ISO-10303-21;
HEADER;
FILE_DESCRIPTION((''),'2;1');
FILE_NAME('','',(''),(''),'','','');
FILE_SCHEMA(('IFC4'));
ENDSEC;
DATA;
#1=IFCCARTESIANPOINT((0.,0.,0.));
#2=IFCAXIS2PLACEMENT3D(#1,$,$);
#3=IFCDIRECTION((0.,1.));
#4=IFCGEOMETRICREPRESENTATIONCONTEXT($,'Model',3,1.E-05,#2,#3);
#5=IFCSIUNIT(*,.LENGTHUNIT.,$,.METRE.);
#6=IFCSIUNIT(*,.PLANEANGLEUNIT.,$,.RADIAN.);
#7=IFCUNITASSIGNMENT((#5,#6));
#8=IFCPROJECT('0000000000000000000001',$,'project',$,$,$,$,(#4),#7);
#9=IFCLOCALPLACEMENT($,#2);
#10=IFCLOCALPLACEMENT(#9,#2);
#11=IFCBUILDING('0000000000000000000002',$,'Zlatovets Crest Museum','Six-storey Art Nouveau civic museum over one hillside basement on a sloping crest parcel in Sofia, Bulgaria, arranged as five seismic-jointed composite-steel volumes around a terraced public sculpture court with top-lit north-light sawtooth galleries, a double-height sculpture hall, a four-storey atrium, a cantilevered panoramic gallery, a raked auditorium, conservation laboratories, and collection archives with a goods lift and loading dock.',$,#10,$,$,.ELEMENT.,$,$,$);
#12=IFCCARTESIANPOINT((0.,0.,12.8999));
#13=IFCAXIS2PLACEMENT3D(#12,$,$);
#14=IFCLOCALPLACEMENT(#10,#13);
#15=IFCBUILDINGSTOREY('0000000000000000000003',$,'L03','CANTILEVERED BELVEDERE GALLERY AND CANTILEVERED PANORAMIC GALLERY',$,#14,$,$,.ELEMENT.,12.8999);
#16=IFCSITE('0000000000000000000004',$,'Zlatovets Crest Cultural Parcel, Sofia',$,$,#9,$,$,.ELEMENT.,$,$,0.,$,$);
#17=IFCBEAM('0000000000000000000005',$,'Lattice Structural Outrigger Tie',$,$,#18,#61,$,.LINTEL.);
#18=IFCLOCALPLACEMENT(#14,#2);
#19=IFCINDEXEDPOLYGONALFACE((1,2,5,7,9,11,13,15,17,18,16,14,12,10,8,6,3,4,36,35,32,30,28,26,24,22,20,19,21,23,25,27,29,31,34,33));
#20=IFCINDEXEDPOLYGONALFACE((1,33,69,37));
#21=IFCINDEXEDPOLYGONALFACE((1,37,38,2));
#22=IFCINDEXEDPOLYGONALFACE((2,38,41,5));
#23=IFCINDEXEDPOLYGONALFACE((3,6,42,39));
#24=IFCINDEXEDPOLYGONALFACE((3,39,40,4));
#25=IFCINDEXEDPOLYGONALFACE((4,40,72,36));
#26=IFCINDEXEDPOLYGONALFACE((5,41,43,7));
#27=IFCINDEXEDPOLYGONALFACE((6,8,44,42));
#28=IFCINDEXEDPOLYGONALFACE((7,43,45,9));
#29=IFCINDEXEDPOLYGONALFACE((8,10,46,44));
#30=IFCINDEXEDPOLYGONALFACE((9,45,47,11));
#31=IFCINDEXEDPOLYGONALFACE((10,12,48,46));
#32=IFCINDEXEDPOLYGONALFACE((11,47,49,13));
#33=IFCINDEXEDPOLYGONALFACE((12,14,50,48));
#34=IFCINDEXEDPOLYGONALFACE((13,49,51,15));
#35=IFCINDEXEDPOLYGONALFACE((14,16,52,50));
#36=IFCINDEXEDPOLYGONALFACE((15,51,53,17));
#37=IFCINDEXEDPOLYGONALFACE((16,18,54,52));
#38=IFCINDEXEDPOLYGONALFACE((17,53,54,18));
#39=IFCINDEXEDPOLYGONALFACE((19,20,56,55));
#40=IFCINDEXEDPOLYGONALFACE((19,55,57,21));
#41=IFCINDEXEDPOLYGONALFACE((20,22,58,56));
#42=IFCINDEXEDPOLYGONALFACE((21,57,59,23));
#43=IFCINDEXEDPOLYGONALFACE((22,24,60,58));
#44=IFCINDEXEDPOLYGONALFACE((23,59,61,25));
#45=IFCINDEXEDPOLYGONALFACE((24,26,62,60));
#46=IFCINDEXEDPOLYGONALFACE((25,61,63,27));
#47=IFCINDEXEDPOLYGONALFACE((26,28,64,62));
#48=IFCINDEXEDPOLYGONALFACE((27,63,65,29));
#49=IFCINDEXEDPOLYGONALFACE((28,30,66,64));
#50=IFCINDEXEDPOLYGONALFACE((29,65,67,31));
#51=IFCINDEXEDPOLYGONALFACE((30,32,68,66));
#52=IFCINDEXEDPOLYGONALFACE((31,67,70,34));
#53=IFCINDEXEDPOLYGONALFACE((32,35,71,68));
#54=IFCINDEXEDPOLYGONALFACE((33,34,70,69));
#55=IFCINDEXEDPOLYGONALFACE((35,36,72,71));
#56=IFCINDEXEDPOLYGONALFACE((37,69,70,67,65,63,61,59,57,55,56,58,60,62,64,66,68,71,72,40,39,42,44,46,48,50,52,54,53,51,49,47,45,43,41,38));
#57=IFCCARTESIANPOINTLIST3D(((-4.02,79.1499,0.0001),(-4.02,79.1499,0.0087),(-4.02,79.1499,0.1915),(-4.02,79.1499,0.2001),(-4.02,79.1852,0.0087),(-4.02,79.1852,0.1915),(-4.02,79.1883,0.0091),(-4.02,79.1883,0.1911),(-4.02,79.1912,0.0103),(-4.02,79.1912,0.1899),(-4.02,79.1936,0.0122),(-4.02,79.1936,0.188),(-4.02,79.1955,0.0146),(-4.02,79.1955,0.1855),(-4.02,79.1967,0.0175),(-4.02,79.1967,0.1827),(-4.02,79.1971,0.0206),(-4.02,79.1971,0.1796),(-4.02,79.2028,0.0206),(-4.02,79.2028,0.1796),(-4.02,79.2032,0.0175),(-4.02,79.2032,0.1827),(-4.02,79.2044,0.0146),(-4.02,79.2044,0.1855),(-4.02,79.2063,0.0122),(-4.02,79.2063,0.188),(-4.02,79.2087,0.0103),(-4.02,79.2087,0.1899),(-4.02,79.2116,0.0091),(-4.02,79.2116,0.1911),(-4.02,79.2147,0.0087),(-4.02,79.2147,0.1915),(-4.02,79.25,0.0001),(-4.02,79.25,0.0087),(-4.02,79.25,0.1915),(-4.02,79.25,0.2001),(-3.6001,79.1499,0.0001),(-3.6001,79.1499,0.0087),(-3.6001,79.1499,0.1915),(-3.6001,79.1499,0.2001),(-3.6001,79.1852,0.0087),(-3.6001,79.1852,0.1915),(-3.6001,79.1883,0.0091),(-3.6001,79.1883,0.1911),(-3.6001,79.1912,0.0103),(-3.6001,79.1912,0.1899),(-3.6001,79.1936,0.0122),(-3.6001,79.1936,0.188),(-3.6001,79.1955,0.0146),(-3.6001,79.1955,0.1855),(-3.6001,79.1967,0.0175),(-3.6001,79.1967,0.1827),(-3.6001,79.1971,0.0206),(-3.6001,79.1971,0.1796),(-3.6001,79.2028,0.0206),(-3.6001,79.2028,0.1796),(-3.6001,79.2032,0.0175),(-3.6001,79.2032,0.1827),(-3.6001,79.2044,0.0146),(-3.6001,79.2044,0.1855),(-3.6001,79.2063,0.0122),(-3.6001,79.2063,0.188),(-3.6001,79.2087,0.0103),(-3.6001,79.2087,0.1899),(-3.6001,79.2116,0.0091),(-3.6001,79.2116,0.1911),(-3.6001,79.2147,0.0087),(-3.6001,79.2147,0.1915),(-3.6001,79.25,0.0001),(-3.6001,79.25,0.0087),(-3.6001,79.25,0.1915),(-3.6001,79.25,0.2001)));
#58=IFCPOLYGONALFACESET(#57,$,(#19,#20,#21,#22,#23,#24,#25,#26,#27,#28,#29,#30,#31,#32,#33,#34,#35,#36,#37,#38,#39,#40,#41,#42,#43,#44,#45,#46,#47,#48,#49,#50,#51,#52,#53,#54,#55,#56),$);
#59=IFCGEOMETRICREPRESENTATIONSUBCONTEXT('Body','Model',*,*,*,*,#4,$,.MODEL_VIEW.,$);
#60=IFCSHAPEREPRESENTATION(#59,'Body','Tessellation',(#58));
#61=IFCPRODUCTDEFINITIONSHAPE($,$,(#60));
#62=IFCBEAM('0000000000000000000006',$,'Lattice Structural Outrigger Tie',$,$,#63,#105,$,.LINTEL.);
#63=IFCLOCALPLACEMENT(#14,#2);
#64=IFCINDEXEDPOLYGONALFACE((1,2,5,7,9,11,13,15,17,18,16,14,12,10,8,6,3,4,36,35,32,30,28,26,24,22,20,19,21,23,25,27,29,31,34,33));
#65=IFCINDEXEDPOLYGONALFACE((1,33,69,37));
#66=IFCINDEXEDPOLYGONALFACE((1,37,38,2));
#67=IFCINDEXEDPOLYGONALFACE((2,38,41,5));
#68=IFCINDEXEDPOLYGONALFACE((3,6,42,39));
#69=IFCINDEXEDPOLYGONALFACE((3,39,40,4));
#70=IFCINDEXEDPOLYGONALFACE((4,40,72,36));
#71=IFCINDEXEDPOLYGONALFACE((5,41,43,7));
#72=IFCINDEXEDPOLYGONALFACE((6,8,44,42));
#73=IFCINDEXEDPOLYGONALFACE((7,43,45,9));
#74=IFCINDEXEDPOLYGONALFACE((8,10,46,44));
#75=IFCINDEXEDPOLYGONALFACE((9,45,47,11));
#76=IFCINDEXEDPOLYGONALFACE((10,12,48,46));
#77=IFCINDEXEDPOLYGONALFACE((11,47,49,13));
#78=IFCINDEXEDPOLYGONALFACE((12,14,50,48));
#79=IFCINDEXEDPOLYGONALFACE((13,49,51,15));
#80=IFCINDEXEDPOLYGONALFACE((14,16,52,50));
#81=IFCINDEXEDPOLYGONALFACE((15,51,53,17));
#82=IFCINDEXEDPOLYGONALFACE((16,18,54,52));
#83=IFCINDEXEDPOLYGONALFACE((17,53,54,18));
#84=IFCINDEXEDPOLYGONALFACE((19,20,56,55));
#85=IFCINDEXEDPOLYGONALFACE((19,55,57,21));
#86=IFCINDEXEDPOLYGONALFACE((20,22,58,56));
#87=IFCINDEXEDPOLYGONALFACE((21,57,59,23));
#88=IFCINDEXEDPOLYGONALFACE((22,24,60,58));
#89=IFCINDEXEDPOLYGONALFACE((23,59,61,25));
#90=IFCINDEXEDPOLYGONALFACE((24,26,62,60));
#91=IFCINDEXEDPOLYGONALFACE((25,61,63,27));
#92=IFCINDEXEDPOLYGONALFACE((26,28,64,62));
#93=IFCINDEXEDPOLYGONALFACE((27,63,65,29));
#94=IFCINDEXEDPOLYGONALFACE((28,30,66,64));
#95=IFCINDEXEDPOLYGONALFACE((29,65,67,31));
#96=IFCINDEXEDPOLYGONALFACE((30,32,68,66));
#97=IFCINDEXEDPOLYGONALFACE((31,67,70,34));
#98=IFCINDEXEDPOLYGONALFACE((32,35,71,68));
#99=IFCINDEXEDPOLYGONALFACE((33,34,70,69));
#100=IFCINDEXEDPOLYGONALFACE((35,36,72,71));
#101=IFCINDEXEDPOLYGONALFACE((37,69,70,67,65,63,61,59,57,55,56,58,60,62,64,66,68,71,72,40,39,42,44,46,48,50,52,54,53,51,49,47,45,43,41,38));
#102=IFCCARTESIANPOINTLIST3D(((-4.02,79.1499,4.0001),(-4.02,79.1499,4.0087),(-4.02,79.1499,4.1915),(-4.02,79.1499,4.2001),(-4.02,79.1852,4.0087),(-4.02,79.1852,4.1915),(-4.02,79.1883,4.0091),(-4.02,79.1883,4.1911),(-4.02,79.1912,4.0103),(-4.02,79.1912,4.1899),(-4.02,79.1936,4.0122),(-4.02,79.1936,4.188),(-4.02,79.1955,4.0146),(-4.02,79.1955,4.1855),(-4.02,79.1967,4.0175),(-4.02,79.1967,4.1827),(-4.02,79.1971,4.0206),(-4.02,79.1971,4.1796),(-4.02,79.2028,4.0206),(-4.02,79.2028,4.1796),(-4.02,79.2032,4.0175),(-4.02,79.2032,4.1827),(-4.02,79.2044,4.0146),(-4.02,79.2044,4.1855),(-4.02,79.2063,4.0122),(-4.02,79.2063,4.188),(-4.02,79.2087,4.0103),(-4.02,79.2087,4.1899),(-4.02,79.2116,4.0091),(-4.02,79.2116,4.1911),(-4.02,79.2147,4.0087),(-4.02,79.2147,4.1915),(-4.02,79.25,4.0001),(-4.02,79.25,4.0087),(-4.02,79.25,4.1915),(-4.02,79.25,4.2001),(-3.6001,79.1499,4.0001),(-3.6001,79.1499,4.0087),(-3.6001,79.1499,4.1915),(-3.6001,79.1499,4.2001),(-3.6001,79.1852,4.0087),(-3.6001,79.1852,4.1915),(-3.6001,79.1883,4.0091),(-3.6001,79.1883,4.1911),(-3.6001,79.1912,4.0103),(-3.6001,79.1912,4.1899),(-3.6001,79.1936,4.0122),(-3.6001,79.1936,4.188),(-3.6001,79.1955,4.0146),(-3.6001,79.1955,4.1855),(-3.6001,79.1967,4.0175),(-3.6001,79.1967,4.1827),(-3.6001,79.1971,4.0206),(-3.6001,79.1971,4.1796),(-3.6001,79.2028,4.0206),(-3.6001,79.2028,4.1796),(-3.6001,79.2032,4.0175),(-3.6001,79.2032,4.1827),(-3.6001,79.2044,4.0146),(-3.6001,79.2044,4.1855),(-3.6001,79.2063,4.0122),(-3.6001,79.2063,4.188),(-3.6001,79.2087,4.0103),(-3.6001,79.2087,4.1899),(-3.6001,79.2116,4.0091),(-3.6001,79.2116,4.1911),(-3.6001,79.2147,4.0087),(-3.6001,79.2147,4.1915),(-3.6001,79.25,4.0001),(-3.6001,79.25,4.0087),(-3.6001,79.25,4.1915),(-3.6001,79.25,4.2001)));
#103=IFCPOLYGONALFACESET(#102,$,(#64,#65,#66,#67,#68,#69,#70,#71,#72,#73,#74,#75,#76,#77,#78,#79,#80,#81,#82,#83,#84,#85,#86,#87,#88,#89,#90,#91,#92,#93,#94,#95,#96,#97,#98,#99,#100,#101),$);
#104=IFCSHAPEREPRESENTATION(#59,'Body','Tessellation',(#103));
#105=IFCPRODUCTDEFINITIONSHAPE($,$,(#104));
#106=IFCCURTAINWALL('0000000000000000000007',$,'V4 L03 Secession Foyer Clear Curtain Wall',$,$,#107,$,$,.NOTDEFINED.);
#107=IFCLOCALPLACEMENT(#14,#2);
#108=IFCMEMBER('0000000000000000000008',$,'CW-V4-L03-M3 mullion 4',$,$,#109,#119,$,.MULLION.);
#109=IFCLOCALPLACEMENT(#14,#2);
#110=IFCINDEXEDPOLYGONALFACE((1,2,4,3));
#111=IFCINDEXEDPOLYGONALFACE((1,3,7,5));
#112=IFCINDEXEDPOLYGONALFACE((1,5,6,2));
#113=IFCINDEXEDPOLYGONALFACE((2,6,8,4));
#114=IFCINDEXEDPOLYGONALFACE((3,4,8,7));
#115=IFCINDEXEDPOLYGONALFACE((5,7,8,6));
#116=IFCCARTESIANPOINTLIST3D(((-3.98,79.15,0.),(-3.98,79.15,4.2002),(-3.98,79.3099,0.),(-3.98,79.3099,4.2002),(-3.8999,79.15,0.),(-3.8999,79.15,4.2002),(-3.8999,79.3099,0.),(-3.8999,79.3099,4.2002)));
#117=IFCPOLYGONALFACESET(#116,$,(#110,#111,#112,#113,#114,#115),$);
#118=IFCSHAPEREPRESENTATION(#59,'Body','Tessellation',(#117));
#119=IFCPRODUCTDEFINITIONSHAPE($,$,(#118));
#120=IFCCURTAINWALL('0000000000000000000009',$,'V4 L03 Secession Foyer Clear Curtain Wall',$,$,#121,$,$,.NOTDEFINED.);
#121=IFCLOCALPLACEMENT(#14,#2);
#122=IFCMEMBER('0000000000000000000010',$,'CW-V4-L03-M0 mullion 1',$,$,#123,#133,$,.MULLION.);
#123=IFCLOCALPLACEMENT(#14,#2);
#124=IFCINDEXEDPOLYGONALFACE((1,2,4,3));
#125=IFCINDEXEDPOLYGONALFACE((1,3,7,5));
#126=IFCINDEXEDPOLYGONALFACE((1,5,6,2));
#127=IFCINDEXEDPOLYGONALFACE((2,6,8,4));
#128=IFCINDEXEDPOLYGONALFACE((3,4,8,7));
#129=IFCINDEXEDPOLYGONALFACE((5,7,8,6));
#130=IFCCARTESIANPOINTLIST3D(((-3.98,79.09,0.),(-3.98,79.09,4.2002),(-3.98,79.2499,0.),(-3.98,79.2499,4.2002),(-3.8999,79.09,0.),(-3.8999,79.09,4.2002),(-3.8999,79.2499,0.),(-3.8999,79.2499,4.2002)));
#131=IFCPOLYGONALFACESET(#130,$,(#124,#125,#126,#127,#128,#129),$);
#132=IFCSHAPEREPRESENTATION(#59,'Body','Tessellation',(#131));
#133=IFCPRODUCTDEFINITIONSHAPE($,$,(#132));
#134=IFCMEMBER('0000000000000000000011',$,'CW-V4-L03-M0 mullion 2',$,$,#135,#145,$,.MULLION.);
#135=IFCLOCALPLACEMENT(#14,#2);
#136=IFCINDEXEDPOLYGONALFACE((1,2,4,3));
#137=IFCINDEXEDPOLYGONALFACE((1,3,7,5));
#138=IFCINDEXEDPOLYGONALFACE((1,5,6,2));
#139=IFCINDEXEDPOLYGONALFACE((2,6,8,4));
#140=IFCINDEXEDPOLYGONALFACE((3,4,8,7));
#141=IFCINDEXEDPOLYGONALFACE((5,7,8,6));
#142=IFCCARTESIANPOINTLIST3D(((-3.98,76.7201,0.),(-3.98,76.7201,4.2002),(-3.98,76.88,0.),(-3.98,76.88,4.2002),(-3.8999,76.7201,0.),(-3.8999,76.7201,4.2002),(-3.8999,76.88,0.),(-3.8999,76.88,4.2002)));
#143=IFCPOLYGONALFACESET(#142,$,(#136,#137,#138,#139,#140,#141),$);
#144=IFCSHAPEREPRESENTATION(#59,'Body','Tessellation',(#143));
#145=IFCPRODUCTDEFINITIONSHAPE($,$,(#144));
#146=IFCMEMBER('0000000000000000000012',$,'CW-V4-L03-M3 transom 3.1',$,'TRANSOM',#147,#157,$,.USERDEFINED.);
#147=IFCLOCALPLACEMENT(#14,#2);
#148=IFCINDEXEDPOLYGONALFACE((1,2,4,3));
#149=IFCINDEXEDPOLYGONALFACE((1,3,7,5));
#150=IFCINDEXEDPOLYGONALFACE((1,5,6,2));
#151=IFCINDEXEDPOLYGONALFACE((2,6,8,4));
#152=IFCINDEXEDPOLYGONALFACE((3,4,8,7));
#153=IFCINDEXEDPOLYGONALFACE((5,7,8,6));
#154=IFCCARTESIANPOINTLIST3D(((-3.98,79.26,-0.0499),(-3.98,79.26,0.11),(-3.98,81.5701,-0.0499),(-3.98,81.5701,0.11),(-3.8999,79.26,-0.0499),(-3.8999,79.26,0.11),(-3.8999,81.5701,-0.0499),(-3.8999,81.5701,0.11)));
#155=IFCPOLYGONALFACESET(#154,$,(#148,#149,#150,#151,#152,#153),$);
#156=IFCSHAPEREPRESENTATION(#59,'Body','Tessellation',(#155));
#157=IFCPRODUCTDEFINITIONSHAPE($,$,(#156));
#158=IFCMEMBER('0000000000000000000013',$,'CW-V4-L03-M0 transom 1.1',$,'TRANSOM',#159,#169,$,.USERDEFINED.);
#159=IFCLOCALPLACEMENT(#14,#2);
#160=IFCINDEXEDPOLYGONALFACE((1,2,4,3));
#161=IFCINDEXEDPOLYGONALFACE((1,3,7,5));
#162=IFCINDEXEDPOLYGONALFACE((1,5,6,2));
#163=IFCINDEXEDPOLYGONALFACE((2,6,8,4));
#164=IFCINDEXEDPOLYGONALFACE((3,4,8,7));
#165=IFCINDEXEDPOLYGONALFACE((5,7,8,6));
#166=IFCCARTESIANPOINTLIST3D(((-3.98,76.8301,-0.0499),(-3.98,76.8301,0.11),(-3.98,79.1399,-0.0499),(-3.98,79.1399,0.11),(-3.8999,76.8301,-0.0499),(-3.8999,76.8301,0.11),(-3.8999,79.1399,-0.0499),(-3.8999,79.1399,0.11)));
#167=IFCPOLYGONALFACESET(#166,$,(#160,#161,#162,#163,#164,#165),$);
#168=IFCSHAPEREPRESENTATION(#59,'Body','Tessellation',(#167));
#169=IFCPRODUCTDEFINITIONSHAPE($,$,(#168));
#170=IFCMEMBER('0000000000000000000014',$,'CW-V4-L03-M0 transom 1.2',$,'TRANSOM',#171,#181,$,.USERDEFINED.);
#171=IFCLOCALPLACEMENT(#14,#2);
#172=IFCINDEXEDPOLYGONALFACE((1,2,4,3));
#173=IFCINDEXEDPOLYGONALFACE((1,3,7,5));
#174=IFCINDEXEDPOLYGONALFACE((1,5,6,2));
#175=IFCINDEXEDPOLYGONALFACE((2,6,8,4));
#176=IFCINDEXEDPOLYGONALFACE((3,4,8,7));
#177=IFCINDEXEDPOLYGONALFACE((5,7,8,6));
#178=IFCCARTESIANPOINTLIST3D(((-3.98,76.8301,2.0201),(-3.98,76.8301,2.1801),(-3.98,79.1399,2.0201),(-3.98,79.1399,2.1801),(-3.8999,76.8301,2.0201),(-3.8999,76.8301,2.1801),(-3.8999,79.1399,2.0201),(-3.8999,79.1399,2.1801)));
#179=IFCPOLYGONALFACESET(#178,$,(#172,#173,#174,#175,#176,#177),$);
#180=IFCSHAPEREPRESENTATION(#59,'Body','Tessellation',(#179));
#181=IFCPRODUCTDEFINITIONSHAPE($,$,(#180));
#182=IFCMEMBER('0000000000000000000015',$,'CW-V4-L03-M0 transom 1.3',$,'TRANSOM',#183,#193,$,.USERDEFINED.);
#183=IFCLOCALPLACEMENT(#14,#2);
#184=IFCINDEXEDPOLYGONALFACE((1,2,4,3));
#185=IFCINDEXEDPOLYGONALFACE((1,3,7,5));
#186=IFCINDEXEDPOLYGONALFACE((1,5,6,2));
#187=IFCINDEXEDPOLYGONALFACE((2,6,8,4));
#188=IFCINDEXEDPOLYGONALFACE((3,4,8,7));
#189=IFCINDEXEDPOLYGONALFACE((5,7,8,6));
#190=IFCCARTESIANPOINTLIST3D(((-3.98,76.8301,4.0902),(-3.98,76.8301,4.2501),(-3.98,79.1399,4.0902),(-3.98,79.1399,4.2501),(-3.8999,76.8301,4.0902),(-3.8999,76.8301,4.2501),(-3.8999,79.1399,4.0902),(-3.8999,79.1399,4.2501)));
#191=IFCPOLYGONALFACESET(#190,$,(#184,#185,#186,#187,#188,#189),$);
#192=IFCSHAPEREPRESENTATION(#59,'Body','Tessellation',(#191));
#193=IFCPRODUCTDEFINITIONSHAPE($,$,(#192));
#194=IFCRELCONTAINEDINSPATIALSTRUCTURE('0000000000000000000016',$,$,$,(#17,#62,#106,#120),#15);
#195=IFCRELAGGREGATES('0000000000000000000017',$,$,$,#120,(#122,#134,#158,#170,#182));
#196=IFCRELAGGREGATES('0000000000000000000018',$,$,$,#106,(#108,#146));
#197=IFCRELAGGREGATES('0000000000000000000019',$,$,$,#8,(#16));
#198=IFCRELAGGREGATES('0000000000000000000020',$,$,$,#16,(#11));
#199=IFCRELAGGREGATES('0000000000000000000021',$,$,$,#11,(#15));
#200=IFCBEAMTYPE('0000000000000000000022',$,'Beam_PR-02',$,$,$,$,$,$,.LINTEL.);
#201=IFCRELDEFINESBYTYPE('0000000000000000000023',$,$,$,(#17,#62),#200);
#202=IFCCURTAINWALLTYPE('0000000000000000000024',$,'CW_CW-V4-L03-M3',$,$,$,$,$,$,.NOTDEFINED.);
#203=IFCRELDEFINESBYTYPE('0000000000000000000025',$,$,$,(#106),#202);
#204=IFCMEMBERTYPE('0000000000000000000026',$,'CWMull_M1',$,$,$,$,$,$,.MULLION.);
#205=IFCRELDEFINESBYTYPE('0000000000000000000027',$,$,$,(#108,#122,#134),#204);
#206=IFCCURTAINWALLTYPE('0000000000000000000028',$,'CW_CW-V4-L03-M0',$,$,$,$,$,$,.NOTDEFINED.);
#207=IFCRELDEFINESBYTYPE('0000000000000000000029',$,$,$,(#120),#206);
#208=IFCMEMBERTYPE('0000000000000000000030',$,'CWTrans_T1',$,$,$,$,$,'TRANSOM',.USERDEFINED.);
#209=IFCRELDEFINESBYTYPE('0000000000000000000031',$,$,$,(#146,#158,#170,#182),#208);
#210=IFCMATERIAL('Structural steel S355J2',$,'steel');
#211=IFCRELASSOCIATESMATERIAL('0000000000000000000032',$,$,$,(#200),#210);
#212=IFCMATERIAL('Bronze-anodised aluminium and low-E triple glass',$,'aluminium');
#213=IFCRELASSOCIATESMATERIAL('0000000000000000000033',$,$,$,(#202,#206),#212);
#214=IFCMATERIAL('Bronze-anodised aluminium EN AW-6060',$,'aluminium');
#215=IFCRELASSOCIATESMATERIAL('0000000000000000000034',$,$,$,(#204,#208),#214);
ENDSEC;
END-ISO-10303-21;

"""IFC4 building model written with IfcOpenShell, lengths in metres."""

from ifc_helpers import new_model, si_unit, direction, frame, origin, origin_2d, place, context, subcontext, project, spatial, rectangle, i_section, extrude, material, material_profile, profile_set, type_object, element, aggregate, save


model = new_model("IFC4")

# Units and contexts
model_context = context("Model", 3, precision=1e-05, world=origin(), true_north=direction((0.0, 1.0)))
body_context = subcontext(model_context, "Body", "Model", "MODEL_VIEW")
ifc_project = project(units=[si_unit("LENGTHUNIT", "METRE"), si_unit("PLANEANGLEUNIT", "RADIAN")], contexts=[model_context])

# Site, building, storey
site_placement = place(None, origin())
site = spatial("IfcSite", under=ifc_project, at=site_placement, Name="Zlatovets Crest Cultural Parcel, Sofia", CompositionType="ELEMENT", RefElevation=0.0)
building_placement = place(site_placement, origin())
building = spatial("IfcBuilding", under=site, at=building_placement, Name="Zlatovets Crest Museum", Description="Six-storey Art Nouveau civic museum over one hillside basement on a sloping crest parcel in Sofia, Bulgaria, arranged as five seismic-jointed composite-steel volumes around a terraced public sculpture court with top-lit north-light sawtooth galleries, a double-height sculpture hall, a four-storey atrium, a cantilevered panoramic gallery, a raked auditorium, conservation laboratories, and collection archives with a goods lift and loading dock.", CompositionType="ELEMENT")
storey_placement = place(building_placement, frame((0.0, 0.0, 12.8999)))
storey = spatial("IfcBuildingStorey", under=building, at=storey_placement, Name="L03", Description="CANTILEVERED BELVEDERE GALLERY AND CANTILEVERED PANORAMIC GALLERY", CompositionType="ELEMENT", Elevation=12.8999)

# Beams
ifc_material_1 = material(Name="Structural steel S355J2", Category="steel")
ifc_material_profile_1 = material_profile(ifc_material_1, i_section(OverallWidth=0.1001, OverallDepth=0.2, WebThickness=0.0056, FlangeThickness=0.0085, FilletRadius=0.012, at=origin_2d()), Name="IPE 200")
ifc_profile_set_1 = profile_set([ifc_material_profile_1], Name="Structural steel S355J2")
beam_type = type_object("IfcBeamType", Name="Beam_PR-02", PredefinedType="LINTEL", material=ifc_profile_set_1)
for number, where, z_axis, x_axis, name in (
    (1, (-3.6001, 79.2, 0.1001), (-1.0, 0.0, 0.0), (0.0, -1.0, 0.0), "Lattice Structural Outrigger Tie"),
    (2, (-3.6001, 79.2, 4.1001), (-1.0, 0.0, 0.0), (0.0, -1.0, 0.0), "Lattice Structural Outrigger Tie"),
):
    element("IfcBeam", number, at=place(storey_placement, frame(where, z_axis=z_axis, x_axis=x_axis)), inside=storey, type_object=beam_type, Name=name, PredefinedType="LINTEL", context=body_context, shape_type="SweptSolid", body=[
        extrude(i_section(OverallWidth=0.1001, OverallDepth=0.2, WebThickness=0.0056, FlangeThickness=0.0085, FilletRadius=0.012, at=origin_2d()), origin(), (0.0, 0.0, 1.0), 0.4199),
    ])

# Curtain wall, member
ifc_material_2 = material(Name="Bronze-anodised aluminium and low-E triple glass", Category="aluminium")
curtain_wall_type_1 = type_object("IfcCurtainWallType", Name="CW_CW-V4-L03-M3", PredefinedType="NOTDEFINED", material=ifc_material_2)
curtain_wall_1_placement = place(storey_placement, origin())
curtain_wall_1 = element("IfcCurtainWall", 3, at=curtain_wall_1_placement, inside=storey, type_object=curtain_wall_type_1, Name="V4 L03 Secession Foyer Clear Curtain Wall", PredefinedType="NOTDEFINED")
ifc_material_3 = material(Name="Bronze-anodised aluminium EN AW-6060", Category="aluminium")
ifc_material_profile_2 = material_profile(ifc_material_3, rectangle(XDim=0.0801, YDim=0.1599, at=origin_2d()), Name="ALU 80x160")
ifc_profile_set_2 = profile_set([ifc_material_profile_2], Name="Bronze-anodised aluminium EN AW-6060")
member_type_1 = type_object("IfcMemberType", Name="CWMull_M1", PredefinedType="MULLION", material=ifc_profile_set_2)
member_1_placement = place(storey_placement, frame((-3.9399, 79.23, 0.0), z_axis=(0.0, 0.0, 1.0), x_axis=(1.0, 0.0, 0.0)))
member_1 = element("IfcMember", 4, at=member_1_placement, type_object=member_type_1, Name="CW-V4-L03-M3 mullion 4", PredefinedType="MULLION", context=body_context, shape_type="SweptSolid", body=[
    extrude(rectangle(XDim=0.0801, YDim=0.1599, at=origin_2d()), origin(), (0.0, 0.0, 1.0), 4.2002),
])

# Curtain wall, members
curtain_wall_type_2 = type_object("IfcCurtainWallType", Name="CW_CW-V4-L03-M0", PredefinedType="NOTDEFINED", material=ifc_material_2)
curtain_wall_2_placement = place(storey_placement, origin())
curtain_wall_2 = element("IfcCurtainWall", 5, at=curtain_wall_2_placement, inside=storey, type_object=curtain_wall_type_2, Name="V4 L03 Secession Foyer Clear Curtain Wall", PredefinedType="NOTDEFINED")
member_2_placement = place(storey_placement, frame((-3.9399, 79.1699, 0.0), z_axis=(0.0, 0.0, 1.0), x_axis=(1.0, 0.0, 0.0)))
member_2 = element("IfcMember", 6, at=member_2_placement, type_object=member_type_1, Name="CW-V4-L03-M0 mullion 1", PredefinedType="MULLION", context=body_context, shape_type="SweptSolid", body=[
    extrude(rectangle(XDim=0.0801, YDim=0.1599, at=origin_2d()), origin(), (0.0, 0.0, 1.0), 4.2002),
])
member_3_placement = place(storey_placement, frame((-3.9399, 76.8, 0.0), z_axis=(0.0, 0.0, 1.0), x_axis=(1.0, 0.0, 0.0)))
member_3 = element("IfcMember", 7, at=member_3_placement, type_object=member_type_1, Name="CW-V4-L03-M0 mullion 2", PredefinedType="MULLION", context=body_context, shape_type="SweptSolid", body=[
    extrude(rectangle(XDim=0.0801, YDim=0.1599, at=origin_2d()), origin(), (0.0, 0.0, 1.0), 4.2002),
])

# Members
ifc_material_profile_3 = material_profile(ifc_material_3, rectangle(XDim=0.0801, YDim=0.1599, at=origin_2d()), Name="ALU 80x160")
ifc_profile_set_3 = profile_set([ifc_material_profile_3], Name="Bronze-anodised aluminium EN AW-6060")
member_type_2 = type_object("IfcMemberType", Name="CWTrans_T1", ElementType="TRANSOM", PredefinedType="USERDEFINED", material=ifc_profile_set_3)
member_4_placement = place(storey_placement, frame((-3.9399, 81.5701, 0.03), z_axis=(0.0, -1.0, 0.0), x_axis=(1.0, 0.0, 0.0)))
member_4 = element("IfcMember", 8, at=member_4_placement, type_object=member_type_2, Name="CW-V4-L03-M3 transom 3.1", ObjectType="TRANSOM", PredefinedType="USERDEFINED", context=body_context, shape_type="SweptSolid", body=[
    extrude(rectangle(XDim=0.0801, YDim=0.1599, at=origin_2d()), origin(), (0.0, 0.0, 1.0), 2.3101),
])
member_5_placement = place(storey_placement, frame((-3.9399, 79.1399, 0.03), z_axis=(0.0, -1.0, 0.0), x_axis=(1.0, 0.0, 0.0)))
member_5 = element("IfcMember", 9, at=member_5_placement, type_object=member_type_2, Name="CW-V4-L03-M0 transom 1.1", ObjectType="TRANSOM", PredefinedType="USERDEFINED", context=body_context, shape_type="SweptSolid", body=[
    extrude(rectangle(XDim=0.0801, YDim=0.1599, at=origin_2d()), origin(), (0.0, 0.0, 1.0), 2.3098),
])
member_6_placement = place(storey_placement, frame((-3.9399, 79.1399, 2.1001), z_axis=(0.0, -1.0, 0.0), x_axis=(1.0, 0.0, 0.0)))
member_6 = element("IfcMember", 10, at=member_6_placement, type_object=member_type_2, Name="CW-V4-L03-M0 transom 1.2", ObjectType="TRANSOM", PredefinedType="USERDEFINED", context=body_context, shape_type="SweptSolid", body=[
    extrude(rectangle(XDim=0.0801, YDim=0.1599, at=origin_2d()), origin(), (0.0, 0.0, 1.0), 2.3098),
])
member_7_placement = place(storey_placement, frame((-3.9399, 79.1399, 4.1702), z_axis=(0.0, -1.0, 0.0), x_axis=(1.0, 0.0, 0.0)))
member_7 = element("IfcMember", 11, at=member_7_placement, type_object=member_type_2, Name="CW-V4-L03-M0 transom 1.3", ObjectType="TRANSOM", PredefinedType="USERDEFINED", context=body_context, shape_type="SweptSolid", body=[
    extrude(rectangle(XDim=0.0801, YDim=0.1599, at=origin_2d()), origin(), (0.0, 0.0, 1.0), 2.3098),
])

aggregate(curtain_wall_2, [member_2, member_3, member_5, member_6, member_7])
aggregate(curtain_wall_1, [member_1, member_4])

save(model, "model.ifc")
